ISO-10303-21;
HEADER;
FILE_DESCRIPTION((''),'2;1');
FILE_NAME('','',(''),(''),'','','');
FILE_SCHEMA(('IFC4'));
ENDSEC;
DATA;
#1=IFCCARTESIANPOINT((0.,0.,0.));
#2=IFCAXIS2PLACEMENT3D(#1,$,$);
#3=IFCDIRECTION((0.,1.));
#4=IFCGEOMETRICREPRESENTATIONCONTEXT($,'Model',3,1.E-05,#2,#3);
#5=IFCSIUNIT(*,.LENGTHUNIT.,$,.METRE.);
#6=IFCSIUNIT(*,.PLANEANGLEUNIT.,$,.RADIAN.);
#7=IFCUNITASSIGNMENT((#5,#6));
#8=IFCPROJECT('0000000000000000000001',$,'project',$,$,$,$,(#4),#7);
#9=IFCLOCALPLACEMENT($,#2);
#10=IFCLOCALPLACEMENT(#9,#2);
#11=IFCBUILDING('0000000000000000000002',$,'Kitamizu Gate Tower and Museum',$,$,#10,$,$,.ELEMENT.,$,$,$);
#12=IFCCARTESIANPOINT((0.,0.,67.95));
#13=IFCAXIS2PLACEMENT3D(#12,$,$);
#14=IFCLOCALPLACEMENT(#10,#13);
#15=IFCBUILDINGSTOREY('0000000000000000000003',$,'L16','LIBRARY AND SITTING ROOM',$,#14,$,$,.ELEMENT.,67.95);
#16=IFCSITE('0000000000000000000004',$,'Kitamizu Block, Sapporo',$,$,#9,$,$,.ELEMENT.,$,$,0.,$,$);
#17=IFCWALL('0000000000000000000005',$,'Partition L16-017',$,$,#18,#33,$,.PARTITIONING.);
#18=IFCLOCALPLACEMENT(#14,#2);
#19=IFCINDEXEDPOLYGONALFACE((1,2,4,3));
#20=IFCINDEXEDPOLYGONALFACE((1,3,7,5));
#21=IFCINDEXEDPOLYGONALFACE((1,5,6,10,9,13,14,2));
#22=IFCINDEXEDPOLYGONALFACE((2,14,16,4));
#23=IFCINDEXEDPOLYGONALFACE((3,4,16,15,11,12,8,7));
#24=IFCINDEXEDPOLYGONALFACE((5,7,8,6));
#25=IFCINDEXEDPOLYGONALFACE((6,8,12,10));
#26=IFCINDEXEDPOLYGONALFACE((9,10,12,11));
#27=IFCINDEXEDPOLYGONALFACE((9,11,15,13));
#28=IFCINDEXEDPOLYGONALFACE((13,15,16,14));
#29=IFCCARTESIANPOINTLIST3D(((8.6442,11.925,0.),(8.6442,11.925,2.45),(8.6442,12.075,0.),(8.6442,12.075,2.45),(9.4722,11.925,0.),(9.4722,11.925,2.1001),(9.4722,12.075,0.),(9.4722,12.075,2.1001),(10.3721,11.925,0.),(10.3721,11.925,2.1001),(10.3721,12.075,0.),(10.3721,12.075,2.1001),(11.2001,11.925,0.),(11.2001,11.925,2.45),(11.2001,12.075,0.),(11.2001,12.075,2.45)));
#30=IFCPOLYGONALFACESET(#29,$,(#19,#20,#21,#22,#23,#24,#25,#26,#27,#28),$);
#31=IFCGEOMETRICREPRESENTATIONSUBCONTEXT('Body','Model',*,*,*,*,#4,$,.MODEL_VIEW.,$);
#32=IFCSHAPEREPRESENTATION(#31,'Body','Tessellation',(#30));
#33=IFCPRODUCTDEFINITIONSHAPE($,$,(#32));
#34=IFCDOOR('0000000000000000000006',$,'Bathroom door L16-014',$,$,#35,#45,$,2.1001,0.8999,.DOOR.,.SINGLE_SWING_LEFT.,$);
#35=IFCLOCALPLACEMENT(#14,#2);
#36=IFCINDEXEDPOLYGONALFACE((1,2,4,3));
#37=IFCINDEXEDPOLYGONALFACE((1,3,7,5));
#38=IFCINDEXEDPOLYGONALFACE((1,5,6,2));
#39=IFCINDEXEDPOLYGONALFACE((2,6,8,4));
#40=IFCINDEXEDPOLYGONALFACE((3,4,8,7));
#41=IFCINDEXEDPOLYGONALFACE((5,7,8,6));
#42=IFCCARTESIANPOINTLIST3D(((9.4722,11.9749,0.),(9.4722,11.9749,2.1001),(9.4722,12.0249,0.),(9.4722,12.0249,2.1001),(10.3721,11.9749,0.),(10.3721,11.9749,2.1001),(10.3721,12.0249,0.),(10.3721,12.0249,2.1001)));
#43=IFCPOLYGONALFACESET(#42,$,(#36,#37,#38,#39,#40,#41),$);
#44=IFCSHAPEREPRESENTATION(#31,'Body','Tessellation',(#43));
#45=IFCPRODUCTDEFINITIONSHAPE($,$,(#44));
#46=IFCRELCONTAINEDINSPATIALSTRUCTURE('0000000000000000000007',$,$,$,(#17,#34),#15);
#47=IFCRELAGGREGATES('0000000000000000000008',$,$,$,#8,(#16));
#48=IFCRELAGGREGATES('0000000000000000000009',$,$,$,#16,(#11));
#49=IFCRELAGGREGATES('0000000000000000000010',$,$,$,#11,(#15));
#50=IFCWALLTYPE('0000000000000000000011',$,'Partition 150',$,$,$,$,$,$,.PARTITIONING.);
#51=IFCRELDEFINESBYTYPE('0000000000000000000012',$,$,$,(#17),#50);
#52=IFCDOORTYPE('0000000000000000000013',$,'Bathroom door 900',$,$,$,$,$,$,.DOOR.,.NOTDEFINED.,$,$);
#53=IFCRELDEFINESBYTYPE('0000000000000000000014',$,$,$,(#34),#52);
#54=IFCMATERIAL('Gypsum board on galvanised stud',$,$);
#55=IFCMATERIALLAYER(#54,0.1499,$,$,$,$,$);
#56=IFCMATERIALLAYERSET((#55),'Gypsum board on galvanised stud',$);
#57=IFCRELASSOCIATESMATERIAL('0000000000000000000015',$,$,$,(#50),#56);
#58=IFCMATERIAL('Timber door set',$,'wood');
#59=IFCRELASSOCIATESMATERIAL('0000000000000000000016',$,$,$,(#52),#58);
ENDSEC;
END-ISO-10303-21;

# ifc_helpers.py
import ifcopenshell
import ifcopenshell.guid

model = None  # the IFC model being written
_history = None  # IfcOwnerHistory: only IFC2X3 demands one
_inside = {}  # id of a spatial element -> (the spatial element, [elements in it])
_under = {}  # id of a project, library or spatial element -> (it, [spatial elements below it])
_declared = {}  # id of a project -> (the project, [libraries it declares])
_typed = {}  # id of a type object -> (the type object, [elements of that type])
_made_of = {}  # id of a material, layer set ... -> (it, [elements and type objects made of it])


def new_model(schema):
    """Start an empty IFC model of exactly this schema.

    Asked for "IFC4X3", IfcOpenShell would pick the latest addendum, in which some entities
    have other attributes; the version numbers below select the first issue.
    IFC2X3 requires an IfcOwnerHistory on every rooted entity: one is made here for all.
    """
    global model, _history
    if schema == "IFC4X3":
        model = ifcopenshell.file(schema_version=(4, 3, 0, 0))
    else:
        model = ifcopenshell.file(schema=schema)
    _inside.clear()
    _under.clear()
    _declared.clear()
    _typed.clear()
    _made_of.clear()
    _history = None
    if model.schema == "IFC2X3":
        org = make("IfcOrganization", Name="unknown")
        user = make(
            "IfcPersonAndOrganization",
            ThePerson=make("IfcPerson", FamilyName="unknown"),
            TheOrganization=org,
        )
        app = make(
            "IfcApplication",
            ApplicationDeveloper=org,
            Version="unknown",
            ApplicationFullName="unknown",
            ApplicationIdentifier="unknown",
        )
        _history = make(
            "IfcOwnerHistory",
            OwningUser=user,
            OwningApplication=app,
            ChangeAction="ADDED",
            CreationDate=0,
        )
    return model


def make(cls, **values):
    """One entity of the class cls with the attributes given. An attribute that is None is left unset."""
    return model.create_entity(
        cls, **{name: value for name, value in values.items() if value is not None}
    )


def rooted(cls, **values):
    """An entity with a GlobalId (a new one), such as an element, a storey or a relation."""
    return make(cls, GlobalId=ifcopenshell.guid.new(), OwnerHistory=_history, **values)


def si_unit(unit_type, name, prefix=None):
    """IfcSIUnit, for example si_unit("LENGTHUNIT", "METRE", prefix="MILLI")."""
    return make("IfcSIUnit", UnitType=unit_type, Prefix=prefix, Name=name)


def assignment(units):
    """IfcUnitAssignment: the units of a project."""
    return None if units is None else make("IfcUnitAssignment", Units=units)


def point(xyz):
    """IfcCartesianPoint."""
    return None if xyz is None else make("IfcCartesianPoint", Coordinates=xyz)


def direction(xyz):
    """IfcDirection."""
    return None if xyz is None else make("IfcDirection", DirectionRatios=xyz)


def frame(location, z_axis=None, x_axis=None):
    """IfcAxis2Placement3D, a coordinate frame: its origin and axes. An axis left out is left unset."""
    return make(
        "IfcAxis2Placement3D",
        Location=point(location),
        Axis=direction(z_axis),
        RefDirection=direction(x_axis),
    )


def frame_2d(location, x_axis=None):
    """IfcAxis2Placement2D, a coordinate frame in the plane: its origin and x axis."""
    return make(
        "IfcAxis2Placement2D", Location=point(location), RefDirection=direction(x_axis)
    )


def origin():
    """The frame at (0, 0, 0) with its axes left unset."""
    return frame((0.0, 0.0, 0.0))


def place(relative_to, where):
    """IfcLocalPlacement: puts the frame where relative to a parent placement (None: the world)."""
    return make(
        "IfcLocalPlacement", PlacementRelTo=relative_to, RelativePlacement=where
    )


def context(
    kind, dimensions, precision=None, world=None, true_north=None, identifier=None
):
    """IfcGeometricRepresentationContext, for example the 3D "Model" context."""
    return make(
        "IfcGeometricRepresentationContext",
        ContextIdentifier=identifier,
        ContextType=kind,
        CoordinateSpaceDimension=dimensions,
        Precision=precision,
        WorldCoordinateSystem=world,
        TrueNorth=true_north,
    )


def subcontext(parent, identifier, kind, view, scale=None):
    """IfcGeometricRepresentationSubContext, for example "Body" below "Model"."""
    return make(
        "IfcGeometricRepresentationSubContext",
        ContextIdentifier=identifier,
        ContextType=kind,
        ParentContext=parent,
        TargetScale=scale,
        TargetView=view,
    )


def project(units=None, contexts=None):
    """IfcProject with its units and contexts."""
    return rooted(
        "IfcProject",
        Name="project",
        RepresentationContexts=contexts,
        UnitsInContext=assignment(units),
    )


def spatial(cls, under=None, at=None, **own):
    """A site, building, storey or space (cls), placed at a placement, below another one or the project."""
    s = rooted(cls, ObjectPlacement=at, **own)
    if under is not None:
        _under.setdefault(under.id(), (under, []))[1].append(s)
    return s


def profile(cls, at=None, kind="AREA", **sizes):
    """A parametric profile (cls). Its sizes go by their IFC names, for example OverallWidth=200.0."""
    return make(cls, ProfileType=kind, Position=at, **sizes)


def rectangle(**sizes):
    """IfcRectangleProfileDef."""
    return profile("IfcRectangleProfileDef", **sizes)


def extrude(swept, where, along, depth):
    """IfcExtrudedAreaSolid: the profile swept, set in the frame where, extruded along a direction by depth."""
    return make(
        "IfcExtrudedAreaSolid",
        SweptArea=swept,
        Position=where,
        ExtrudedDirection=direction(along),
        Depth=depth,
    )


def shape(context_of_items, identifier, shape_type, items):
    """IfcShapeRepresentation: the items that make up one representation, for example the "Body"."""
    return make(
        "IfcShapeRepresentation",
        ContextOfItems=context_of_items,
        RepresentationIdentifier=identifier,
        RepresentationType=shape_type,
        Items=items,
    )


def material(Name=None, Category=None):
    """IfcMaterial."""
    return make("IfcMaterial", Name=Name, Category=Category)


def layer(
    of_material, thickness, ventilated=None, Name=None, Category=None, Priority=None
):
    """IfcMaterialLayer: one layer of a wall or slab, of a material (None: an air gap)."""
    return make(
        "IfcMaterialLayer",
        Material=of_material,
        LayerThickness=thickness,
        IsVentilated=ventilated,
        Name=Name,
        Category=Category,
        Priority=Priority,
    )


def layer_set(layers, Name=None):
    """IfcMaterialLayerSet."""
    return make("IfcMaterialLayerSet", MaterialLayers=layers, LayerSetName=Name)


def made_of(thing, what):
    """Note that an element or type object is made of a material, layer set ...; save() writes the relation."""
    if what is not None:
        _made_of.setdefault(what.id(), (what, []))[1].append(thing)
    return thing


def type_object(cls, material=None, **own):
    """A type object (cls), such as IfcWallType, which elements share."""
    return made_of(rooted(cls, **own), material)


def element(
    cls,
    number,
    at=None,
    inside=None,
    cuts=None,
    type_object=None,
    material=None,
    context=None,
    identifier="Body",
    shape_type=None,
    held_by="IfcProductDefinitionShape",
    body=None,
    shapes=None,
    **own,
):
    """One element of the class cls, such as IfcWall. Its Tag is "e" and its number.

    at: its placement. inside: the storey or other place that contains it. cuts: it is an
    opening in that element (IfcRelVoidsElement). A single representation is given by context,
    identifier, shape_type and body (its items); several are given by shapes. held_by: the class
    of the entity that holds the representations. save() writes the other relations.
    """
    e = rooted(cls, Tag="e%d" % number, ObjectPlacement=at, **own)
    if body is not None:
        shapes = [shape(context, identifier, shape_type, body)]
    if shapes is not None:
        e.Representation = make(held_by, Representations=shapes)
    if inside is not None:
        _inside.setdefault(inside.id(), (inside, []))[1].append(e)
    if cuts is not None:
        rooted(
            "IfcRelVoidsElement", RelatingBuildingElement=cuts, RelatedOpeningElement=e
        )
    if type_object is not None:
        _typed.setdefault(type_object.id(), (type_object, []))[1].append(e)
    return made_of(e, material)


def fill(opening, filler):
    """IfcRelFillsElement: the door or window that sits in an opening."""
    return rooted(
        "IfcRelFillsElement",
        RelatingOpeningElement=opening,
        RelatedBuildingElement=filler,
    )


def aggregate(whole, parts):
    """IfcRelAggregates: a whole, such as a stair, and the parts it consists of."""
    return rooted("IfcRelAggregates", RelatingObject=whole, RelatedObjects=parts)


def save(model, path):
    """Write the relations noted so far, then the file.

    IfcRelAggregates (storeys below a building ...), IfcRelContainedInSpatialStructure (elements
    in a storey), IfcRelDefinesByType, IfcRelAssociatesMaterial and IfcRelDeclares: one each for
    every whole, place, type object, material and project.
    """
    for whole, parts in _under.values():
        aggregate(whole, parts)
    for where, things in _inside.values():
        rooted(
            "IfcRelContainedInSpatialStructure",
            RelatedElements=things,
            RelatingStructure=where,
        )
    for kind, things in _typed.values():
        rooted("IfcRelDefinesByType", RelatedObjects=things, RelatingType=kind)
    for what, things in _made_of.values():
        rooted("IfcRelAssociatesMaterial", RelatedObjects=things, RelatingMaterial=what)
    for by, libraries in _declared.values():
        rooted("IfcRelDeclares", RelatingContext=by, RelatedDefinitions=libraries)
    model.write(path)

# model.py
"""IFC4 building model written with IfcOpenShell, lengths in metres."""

from ifc_helpers import new_model, si_unit, direction, frame, frame_2d, origin, place, context, subcontext, project, spatial, rectangle, extrude, material, layer, layer_set, type_object, element, fill, save


model = new_model("IFC4")

# Units and contexts
model_context = context("Model", 3, precision=1e-05, world=origin(), true_north=direction((0.0, 1.0)))
body_context = subcontext(model_context, "Body", "Model", "MODEL_VIEW")
ifc_project = project(units=[si_unit("LENGTHUNIT", "METRE"), si_unit("PLANEANGLEUNIT", "RADIAN")], contexts=[model_context])

# Site, building, storey
site_placement = place(None, origin())
site = spatial("IfcSite", under=ifc_project, at=site_placement, Name="Kitamizu Block, Sapporo", CompositionType="ELEMENT", RefElevation=0.0)
building_placement = place(site_placement, origin())
building = spatial("IfcBuilding", under=site, at=building_placement, Name="Kitamizu Gate Tower and Museum", CompositionType="ELEMENT")
storey_placement = place(building_placement, frame((0.0, 0.0, 67.95)))
storey = spatial("IfcBuildingStorey", under=building, at=storey_placement, Name="L16", Description="LIBRARY AND SITTING ROOM", CompositionType="ELEMENT", Elevation=67.95)

# Wall, opening, door
ifc_material_1 = material(Name="Gypsum board on galvanised stud")
ifc_layer_1 = layer(ifc_material_1, 0.1499)
ifc_layer_set_1 = layer_set([ifc_layer_1], Name="Gypsum board on galvanised stud")
wall_type_1 = type_object("IfcWallType", Name="Partition 150", PredefinedType="PARTITIONING", material=ifc_layer_set_1)
ifc_material_2 = material(Name="Timber door set", Category="wood")
door_type_1 = type_object("IfcDoorType", Name="Bathroom door 900", OperationType="NOTDEFINED", PredefinedType="DOOR", material=ifc_material_2)
wall_1_placement = place(storey_placement, frame((11.2, 12.0, 0.0), z_axis=(0.0, 0.0, 1.0), x_axis=(-1.0, 0.0, 0.0)))
wall_1 = element("IfcWall", 1, at=wall_1_placement, inside=storey, type_object=wall_type_1, Name="Partition L16-017", PredefinedType="PARTITIONING", context=body_context, shape_type="SweptSolid", body=[
    extrude(rectangle(XDim=2.5559, YDim=0.1499, at=frame_2d((1.2778, 0.0))), origin(), (0.0, 0.0, 1.0), 2.45),
])
opening_1_placement = place(wall_1_placement, frame((0.8279, 0.0, 0.0)))
opening_1 = element("IfcOpeningElement", 2, at=opening_1_placement, cuts=wall_1, PredefinedType="OPENING", context=body_context, shape_type="SweptSolid", body=[
    extrude(rectangle(XDim=0.8999, YDim=2.1001, at=frame_2d((0.45, 1.05))), frame((0.0, 0.085, 0.0), z_axis=(0.0, -1.0, 0.0), x_axis=(1.0, 0.0, 0.0)), (0.0, 0.0, 1.0), 0.1699),
])
door_1_placement = place(opening_1_placement, frame((0.8999, 0.0, 0.0), x_axis=(-1.0, 0.0, 0.0)))
door_1 = element("IfcDoor", 3, at=door_1_placement, inside=storey, type_object=door_type_1, Name="Bathroom door L16-014", OperationType="SINGLE_SWING_LEFT", OverallHeight=2.1001, OverallWidth=0.8999, PredefinedType="DOOR", context=body_context, shape_type="SweptSolid", body=[
    extrude(rectangle(XDim=0.8999, YDim=2.1001, at=frame_2d((0.45, 1.05))), frame((0.0, 0.0249, 0.0), z_axis=(0.0, -1.0, 0.0), x_axis=(1.0, 0.0, 0.0)), (0.0, 0.0, 1.0), 0.05),
])
fill(opening_1, door_1)

save(model, "model.ifc")
